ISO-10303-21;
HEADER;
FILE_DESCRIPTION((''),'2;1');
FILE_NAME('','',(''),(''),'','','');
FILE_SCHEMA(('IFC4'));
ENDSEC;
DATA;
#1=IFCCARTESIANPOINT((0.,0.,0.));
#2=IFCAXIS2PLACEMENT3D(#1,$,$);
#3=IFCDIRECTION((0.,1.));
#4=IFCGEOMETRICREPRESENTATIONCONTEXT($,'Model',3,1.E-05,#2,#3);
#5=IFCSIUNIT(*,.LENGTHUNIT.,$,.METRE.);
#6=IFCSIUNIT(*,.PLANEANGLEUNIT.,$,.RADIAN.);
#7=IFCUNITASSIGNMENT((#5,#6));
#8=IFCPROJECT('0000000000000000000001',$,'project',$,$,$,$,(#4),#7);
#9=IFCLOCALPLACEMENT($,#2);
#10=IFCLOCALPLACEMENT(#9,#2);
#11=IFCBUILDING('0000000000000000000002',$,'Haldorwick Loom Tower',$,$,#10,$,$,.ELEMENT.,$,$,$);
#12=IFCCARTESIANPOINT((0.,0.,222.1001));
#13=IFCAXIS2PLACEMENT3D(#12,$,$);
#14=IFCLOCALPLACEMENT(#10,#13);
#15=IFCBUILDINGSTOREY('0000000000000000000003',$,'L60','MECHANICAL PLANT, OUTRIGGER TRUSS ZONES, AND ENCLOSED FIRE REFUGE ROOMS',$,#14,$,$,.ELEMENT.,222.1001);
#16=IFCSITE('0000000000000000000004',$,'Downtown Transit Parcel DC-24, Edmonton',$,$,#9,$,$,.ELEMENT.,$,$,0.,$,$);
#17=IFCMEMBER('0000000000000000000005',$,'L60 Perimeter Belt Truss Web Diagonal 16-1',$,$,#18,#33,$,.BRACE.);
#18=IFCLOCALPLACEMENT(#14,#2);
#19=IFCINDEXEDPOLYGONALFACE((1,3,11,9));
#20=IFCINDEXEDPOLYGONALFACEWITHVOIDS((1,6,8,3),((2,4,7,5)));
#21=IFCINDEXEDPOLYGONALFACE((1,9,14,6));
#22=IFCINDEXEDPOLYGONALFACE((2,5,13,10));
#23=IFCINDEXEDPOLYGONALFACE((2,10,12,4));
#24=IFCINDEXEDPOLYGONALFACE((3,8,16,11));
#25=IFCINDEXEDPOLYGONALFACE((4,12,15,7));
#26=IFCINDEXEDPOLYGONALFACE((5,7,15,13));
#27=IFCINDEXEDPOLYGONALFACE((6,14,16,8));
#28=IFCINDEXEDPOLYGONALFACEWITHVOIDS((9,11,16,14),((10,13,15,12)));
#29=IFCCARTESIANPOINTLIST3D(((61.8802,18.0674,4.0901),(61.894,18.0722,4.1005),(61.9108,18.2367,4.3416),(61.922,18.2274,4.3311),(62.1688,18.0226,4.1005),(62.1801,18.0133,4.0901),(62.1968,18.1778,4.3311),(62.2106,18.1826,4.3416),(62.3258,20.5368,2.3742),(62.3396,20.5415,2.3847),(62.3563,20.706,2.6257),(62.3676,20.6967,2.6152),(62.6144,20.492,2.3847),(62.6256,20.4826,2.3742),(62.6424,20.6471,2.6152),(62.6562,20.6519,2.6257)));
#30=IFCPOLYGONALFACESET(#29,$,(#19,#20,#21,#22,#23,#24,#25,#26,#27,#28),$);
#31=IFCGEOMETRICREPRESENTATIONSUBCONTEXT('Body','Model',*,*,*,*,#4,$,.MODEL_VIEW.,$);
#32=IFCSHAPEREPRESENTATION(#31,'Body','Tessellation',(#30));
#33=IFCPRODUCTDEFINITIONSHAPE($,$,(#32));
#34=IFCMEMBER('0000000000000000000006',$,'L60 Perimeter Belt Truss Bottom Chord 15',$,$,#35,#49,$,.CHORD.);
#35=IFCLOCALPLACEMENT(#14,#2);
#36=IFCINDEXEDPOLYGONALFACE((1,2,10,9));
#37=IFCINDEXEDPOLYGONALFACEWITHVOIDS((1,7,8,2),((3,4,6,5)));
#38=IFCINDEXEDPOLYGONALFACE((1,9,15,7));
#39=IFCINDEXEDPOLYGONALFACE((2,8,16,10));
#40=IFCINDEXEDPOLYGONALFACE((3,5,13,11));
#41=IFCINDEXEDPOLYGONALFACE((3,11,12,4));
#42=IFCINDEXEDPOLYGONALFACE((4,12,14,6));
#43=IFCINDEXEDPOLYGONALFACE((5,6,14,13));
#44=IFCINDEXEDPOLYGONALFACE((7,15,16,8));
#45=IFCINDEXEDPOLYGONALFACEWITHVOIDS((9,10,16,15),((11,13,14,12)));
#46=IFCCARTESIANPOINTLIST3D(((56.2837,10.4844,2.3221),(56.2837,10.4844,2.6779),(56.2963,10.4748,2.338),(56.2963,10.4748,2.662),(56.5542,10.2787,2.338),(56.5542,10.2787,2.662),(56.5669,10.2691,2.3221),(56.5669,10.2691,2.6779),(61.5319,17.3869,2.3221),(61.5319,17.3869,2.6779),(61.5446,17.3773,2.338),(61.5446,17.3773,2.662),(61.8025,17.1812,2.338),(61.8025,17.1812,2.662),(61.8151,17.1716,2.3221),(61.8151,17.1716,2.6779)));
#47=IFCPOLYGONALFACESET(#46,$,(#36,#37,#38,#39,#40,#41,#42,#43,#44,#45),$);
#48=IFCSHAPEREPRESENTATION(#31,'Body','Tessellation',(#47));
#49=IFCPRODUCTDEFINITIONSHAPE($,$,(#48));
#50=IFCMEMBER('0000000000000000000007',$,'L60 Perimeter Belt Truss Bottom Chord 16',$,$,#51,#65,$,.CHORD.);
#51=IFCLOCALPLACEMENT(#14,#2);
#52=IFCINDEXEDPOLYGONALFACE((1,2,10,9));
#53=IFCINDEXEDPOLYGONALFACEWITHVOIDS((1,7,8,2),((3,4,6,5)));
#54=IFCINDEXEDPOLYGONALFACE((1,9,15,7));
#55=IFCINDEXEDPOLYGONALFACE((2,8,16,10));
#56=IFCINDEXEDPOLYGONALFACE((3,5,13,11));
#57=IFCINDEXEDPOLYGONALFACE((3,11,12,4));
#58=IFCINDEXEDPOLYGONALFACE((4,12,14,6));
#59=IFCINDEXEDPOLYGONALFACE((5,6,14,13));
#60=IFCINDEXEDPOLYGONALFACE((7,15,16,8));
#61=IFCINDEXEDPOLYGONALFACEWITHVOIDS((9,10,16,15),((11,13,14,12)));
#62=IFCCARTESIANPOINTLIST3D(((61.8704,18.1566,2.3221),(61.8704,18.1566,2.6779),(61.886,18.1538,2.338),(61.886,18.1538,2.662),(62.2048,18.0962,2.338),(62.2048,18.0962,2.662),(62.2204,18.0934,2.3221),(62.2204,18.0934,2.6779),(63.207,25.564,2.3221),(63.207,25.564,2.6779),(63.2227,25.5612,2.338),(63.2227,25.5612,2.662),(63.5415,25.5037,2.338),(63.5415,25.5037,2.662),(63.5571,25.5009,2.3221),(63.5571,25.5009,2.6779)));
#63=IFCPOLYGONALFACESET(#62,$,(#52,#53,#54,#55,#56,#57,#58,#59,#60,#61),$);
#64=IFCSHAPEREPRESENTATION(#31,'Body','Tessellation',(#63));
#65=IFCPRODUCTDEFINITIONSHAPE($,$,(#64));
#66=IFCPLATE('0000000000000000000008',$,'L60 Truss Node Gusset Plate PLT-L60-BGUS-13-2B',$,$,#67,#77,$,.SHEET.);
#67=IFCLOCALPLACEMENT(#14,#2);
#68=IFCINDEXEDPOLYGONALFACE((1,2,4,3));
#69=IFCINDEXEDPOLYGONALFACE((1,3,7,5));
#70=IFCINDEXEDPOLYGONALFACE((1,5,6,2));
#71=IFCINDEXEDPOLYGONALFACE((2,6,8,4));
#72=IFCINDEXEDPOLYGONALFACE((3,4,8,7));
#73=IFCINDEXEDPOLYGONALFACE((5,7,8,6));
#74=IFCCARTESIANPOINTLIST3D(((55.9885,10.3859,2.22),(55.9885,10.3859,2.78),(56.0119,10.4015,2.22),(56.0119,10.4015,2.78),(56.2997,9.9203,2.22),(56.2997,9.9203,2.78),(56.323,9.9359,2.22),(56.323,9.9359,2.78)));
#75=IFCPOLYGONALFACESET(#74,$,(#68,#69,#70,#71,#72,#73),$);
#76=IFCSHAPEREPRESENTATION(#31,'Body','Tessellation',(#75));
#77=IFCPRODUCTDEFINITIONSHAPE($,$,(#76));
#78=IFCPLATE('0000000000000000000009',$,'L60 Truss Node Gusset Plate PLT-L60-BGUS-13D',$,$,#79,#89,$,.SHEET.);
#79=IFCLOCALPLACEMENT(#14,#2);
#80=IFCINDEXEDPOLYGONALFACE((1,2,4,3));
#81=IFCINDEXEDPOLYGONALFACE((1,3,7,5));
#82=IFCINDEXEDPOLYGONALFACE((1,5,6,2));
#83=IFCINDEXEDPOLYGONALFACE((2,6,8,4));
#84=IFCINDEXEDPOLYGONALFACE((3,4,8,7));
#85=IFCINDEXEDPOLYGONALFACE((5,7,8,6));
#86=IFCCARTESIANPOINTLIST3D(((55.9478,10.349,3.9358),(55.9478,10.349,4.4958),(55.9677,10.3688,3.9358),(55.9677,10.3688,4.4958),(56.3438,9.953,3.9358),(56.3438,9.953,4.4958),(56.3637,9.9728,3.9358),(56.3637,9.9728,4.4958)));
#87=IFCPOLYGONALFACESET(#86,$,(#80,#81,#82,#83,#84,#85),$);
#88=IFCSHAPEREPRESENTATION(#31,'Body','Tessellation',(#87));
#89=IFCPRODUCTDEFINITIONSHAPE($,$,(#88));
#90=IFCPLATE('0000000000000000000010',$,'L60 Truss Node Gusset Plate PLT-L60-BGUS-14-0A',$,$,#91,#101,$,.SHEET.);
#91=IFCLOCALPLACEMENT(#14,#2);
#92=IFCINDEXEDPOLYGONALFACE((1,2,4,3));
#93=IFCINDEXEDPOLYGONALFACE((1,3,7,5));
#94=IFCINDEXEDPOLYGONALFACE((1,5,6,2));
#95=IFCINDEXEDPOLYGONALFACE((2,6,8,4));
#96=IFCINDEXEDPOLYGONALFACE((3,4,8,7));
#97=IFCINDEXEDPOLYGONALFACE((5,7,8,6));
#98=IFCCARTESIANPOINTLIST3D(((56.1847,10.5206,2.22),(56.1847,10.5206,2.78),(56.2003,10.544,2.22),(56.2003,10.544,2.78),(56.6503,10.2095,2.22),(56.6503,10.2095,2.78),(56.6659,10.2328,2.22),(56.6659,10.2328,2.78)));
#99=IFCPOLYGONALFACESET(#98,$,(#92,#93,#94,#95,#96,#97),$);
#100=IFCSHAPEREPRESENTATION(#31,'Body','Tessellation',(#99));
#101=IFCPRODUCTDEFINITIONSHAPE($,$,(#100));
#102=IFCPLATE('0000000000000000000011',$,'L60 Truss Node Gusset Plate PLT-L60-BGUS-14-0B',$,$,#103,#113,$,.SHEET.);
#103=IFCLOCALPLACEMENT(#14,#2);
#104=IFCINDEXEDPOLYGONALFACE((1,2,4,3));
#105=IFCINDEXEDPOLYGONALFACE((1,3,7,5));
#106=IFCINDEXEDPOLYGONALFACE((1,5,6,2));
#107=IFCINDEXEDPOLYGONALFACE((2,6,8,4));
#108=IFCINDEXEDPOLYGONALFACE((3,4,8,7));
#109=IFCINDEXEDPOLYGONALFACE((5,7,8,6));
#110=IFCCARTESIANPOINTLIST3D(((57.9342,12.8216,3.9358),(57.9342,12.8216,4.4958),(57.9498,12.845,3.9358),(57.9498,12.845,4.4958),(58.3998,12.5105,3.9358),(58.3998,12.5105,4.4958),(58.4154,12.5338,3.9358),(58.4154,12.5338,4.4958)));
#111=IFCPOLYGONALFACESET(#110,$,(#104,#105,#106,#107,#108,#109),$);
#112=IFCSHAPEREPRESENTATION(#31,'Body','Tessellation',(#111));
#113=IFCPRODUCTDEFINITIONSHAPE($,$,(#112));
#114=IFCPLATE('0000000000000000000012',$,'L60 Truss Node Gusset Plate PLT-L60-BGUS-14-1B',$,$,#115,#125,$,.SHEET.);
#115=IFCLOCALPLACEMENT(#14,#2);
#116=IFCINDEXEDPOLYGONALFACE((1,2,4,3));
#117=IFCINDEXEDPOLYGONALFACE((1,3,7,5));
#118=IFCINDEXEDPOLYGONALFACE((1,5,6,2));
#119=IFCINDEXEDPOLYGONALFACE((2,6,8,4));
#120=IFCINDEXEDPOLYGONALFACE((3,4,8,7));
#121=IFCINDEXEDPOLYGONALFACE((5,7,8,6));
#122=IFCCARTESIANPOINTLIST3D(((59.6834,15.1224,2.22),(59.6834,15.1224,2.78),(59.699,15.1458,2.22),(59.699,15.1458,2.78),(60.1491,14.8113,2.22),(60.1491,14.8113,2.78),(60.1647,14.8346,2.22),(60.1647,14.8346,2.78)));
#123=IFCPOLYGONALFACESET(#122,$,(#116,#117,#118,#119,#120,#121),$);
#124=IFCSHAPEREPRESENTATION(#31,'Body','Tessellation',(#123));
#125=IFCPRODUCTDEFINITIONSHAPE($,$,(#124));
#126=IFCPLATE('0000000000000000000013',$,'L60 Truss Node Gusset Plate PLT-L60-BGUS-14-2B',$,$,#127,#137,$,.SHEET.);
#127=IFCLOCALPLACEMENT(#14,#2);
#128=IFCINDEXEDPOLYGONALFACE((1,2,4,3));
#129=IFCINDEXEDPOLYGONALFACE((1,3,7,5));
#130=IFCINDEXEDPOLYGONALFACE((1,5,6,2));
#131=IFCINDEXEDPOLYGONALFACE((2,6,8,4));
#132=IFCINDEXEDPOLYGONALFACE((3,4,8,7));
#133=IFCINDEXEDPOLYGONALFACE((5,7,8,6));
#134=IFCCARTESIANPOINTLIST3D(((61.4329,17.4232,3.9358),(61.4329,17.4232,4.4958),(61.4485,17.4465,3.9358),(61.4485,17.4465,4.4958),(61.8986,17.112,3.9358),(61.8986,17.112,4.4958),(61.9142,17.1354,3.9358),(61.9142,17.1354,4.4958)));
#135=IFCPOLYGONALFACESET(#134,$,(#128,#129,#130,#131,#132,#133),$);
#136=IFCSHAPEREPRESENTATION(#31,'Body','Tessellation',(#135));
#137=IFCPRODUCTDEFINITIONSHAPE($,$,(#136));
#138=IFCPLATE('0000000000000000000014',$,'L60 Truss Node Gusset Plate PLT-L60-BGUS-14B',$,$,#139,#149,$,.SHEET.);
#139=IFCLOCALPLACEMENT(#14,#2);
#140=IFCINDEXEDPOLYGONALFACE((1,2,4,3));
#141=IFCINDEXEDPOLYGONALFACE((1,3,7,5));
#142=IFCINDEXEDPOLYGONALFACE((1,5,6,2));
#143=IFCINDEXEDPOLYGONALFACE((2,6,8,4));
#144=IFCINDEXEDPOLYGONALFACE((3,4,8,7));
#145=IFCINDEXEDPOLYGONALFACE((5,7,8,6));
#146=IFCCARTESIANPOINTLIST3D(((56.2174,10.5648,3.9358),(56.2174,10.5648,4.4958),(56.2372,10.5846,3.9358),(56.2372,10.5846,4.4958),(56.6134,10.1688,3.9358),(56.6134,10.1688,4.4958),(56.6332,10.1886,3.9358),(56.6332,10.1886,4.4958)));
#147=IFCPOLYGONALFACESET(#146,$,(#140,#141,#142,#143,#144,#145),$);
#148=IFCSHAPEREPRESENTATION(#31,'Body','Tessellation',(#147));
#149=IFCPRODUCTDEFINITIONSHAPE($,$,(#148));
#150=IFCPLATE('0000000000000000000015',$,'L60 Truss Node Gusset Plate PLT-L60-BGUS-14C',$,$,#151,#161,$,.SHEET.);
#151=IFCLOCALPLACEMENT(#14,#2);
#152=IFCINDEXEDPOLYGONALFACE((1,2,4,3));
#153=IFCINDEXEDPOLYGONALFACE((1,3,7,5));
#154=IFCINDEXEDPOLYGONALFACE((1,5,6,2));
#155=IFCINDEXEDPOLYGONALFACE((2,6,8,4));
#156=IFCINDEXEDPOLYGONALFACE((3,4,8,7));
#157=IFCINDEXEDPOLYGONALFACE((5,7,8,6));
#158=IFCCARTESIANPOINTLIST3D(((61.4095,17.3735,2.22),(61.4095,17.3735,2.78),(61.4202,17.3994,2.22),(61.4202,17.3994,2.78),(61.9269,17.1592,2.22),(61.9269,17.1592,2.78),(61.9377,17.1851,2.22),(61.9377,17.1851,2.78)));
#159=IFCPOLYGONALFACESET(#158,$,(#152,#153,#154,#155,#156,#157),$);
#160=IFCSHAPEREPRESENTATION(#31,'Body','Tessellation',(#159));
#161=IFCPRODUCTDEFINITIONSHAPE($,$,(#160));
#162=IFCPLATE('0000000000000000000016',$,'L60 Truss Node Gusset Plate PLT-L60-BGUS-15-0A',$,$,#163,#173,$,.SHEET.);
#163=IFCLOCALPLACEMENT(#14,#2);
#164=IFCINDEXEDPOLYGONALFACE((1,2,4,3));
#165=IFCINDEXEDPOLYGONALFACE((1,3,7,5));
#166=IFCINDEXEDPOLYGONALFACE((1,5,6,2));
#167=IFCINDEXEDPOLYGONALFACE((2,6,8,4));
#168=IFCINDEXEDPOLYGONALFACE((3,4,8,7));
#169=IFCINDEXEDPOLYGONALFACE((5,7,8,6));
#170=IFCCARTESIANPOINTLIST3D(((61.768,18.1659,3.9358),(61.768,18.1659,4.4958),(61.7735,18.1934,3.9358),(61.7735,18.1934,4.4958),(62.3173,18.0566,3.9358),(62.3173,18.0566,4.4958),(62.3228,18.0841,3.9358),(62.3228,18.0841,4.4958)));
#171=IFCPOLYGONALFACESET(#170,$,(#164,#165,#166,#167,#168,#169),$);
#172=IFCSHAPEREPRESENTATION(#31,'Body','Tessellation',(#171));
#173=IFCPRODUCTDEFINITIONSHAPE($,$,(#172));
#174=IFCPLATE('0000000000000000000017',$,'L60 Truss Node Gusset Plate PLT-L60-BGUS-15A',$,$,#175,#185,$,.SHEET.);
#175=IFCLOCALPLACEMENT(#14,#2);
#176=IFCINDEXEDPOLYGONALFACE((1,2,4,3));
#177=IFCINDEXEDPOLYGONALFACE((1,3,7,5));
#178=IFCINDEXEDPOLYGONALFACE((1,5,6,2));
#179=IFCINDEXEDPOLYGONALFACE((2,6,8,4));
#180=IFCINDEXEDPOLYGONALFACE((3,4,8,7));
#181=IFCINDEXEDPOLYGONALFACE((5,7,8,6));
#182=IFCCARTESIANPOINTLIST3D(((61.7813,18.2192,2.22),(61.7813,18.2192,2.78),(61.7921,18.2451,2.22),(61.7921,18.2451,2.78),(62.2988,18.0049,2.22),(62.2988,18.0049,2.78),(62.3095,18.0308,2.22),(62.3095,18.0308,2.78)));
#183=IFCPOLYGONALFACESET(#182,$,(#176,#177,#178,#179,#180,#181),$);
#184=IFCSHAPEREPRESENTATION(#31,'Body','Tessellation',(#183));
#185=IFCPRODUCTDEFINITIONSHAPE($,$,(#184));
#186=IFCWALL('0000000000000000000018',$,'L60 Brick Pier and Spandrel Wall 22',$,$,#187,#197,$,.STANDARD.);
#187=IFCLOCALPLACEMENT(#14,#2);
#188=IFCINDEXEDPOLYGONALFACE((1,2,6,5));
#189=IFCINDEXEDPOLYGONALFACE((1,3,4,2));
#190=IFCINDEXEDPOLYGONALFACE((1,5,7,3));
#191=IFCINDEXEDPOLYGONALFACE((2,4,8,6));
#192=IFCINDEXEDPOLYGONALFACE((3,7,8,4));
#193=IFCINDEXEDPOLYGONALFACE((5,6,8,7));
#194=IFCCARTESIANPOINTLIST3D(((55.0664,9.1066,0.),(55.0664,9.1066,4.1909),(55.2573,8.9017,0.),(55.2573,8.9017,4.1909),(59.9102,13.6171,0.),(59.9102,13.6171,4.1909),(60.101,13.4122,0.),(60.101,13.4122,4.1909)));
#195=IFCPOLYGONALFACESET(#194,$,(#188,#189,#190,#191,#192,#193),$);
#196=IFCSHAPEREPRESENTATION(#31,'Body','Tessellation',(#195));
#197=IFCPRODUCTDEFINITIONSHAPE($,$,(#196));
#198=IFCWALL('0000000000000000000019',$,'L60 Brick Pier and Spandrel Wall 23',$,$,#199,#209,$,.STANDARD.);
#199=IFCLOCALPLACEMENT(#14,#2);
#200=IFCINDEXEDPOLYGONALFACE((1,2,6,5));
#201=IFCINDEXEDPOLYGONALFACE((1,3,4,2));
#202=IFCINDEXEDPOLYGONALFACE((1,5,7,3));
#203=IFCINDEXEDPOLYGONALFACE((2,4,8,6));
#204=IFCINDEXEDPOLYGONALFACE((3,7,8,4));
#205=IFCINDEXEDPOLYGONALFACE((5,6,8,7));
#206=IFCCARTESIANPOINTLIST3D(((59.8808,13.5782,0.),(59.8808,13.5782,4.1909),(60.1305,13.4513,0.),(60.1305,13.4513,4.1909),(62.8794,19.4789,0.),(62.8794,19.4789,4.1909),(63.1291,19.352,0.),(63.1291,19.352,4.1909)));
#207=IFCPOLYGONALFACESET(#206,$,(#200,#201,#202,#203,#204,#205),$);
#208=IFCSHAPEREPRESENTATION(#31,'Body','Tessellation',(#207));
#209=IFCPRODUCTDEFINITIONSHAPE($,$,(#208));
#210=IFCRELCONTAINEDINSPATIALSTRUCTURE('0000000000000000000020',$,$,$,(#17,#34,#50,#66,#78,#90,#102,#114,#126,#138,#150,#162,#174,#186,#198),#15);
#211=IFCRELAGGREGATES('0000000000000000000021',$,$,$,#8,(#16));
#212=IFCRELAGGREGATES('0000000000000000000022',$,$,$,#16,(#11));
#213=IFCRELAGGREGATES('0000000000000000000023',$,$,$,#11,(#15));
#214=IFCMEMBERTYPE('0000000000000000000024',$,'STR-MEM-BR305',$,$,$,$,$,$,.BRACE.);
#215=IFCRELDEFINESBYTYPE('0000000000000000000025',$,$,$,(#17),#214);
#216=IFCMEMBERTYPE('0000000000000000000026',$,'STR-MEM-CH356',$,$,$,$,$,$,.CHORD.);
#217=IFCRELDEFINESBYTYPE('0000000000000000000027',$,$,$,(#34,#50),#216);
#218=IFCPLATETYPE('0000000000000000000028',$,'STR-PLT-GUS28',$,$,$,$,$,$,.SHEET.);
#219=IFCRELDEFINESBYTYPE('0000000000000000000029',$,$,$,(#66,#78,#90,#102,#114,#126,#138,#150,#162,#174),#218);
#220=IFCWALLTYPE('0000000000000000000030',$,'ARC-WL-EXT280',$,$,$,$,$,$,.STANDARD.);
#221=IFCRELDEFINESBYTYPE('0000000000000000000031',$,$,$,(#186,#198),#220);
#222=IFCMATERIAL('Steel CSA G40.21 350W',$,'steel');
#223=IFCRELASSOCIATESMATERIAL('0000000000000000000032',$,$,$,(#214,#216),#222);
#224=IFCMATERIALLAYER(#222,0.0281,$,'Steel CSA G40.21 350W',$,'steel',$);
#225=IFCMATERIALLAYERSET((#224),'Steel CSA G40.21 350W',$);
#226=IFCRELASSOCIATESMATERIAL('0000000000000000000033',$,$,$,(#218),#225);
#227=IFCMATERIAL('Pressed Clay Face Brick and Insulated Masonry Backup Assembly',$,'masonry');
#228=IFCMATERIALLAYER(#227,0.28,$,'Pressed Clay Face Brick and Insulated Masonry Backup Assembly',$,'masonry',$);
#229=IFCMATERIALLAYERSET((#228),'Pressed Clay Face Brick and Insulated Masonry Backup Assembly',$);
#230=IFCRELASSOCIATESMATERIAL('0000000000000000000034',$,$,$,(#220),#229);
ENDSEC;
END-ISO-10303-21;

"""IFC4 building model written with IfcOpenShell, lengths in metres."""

from ifc_helpers import new_model, si_unit, direction, frame, frame_2d, origin, origin_2d, place, context, subcontext, project, spatial, rectangle, hollow_rectangle, extrude, material, layer, layer_set, material_profile, profile_set, type_object, element, save


model = new_model("IFC4")

# Units and contexts
model_context = context("Model", 3, precision=1e-05, world=origin(), true_north=direction((0.0, 1.0)))
body_context = subcontext(model_context, "Body", "Model", "MODEL_VIEW")
ifc_project = project(units=[si_unit("LENGTHUNIT", "METRE"), si_unit("PLANEANGLEUNIT", "RADIAN")], contexts=[model_context])

# Site, building, storey
site_placement = place(None, origin())
site = spatial("IfcSite", under=ifc_project, at=site_placement, Name="Downtown Transit Parcel DC-24, Edmonton", CompositionType="ELEMENT", RefElevation=0.0)
building_placement = place(site_placement, origin())
building = spatial("IfcBuilding", under=site, at=building_placement, Name="Haldorwick Loom Tower", CompositionType="ELEMENT")
storey_placement = place(building_placement, frame((0.0, 0.0, 222.1001)))
storey = spatial("IfcBuildingStorey", under=building, at=storey_placement, Name="L60", Description="MECHANICAL PLANT, OUTRIGGER TRUSS ZONES, AND ENCLOSED FIRE REFUGE ROOMS", CompositionType="ELEMENT", Elevation=222.1001)

# Shared definitions
ifc_material_1 = material(Name="Steel CSA G40.21 350W", Category="steel")

# Members
ifc_material_profile_1 = material_profile(ifc_material_1, hollow_rectangle(XDim=0.3047, YDim=0.3047, WallThickness=0.0127, at=origin_2d()), Name="HSS305X305X13", Category="steel")
ifc_profile_set_1 = profile_set([ifc_material_profile_1], Name="Steel CSA G40.21 350W")
member_type_1 = type_object("IfcMemberType", Name="STR-MEM-BR305", PredefinedType="BRACE", material=ifc_profile_set_1)
member_1_placement = place(storey_placement, frame((62.0454, 18.125, 4.2158), z_axis=(0.14658, 0.812333, -0.564473), x_axis=(-0.984107, 0.177575, 0.0)))
element("IfcMember", 1, at=member_1_placement, inside=storey, type_object=member_type_1, Name="L60 Perimeter Belt Truss Web Diagonal 16-1", PredefinedType="BRACE", context=body_context, shape_type="SweptSolid", body=[
    extrude(hollow_rectangle(XDim=0.3047, YDim=0.3047, WallThickness=0.0127, at=origin_2d()), origin(), (0.0, 0.0, 1.0), 3.0398),
])
ifc_material_profile_2 = material_profile(ifc_material_1, hollow_rectangle(XDim=0.3557, YDim=0.3557, WallThickness=0.0159, at=origin_2d()), Name="HSS356X356X16", Category="steel")
ifc_profile_set_2 = profile_set([ifc_material_profile_2], Name="Steel CSA G40.21 350W")
member_type_2 = type_object("IfcMemberType", Name="STR-MEM-CH356", PredefinedType="CHORD", material=ifc_profile_set_2)
member_2_placement = place(storey_placement, frame((56.4253, 10.3767, 2.5), z_axis=(0.605253, 0.796033, 0.0), x_axis=(-0.796033, 0.605253, 0.0)))
element("IfcMember", 2, at=member_2_placement, inside=storey, type_object=member_type_2, Name="L60 Perimeter Belt Truss Bottom Chord 15", PredefinedType="CHORD", context=body_context, shape_type="SweptSolid", body=[
    extrude(hollow_rectangle(XDim=0.3557, YDim=0.3557, WallThickness=0.0159, at=origin_2d()), origin(), (0.0, 0.0, 1.0), 8.6711),
])
member_3_placement = place(storey_placement, frame((62.0454, 18.125, 2.5), z_axis=(0.177581, 0.984106, 0.0), x_axis=(-0.984106, 0.177581, 0.0)))
element("IfcMember", 3, at=member_3_placement, inside=storey, type_object=member_type_2, Name="L60 Perimeter Belt Truss Bottom Chord 16", PredefinedType="CHORD", context=body_context, shape_type="SweptSolid", body=[
    extrude(hollow_rectangle(XDim=0.3557, YDim=0.3557, WallThickness=0.0159, at=origin_2d()), origin(), (0.0, 0.0, 1.0), 7.5271),
])

# Plates
ifc_layer_1 = layer(ifc_material_1, 0.0281, Name="Steel CSA G40.21 350W", Category="steel")
ifc_layer_set_1 = layer_set([ifc_layer_1], Name="Steel CSA G40.21 350W")
plate_type = type_object("IfcPlateType", Name="STR-PLT-GUS28", PredefinedType="SHEET", material=ifc_layer_set_1)
for number, where, z_axis, x_axis, name in (
    (4, (56.1558, 10.1609, 2.22), (0.0, 0.0, 1.0), (0.55557, -0.83147, 0.0), "L60 Truss Node Gusset Plate PLT-L60-BGUS-13-2B"),
    (5, (56.1558, 10.1609, 3.9358), (0.0, 0.0, 1.0), (0.707107, -0.707107, 0.0), "L60 Truss Node Gusset Plate PLT-L60-BGUS-13D"),
    (6, (56.4253, 10.3767, 2.22), (0.0, 0.0, 1.0), (0.83147, -0.55557, 0.0), "L60 Truss Node Gusset Plate PLT-L60-BGUS-14-0A"),
    (7, (58.1748, 12.6777, 3.9358), (0.0, 0.0, 1.0), (0.83147, -0.55557, 0.0), "L60 Truss Node Gusset Plate PLT-L60-BGUS-14-0B"),
    (8, (59.9241, 14.9785, 2.22), (0.0, 0.0, 1.0), (0.83147, -0.55557, 0.0), "L60 Truss Node Gusset Plate PLT-L60-BGUS-14-1B"),
    (9, (61.6736, 17.2793, 3.9358), (0.0, 0.0, 1.0), (0.83147, -0.55557, 0.0), "L60 Truss Node Gusset Plate PLT-L60-BGUS-14-2B"),
    (10, (56.4253, 10.3767, 3.9358), (0.0, 0.0, 1.0), (0.707107, -0.707107, 0.0), "L60 Truss Node Gusset Plate PLT-L60-BGUS-14B"),
    (11, (61.6736, 17.2793, 2.22), (0.0, 0.0, 1.0), (0.92388, -0.382683, 0.0), "L60 Truss Node Gusset Plate PLT-L60-BGUS-14C"),
    (12, (62.0454, 18.125, 3.9358), (0.0, 0.0, 1.0), (-0.980785, 0.19509, 0.0), "L60 Truss Node Gusset Plate PLT-L60-BGUS-15-0A"),
    (13, (62.0454, 18.125, 2.22), (0.0, 0.0, 1.0), (0.92388, -0.382683, 0.0), "L60 Truss Node Gusset Plate PLT-L60-BGUS-15A"),
):
    element("IfcPlate", number, at=place(storey_placement, frame(where, z_axis=z_axis, x_axis=x_axis)), inside=storey, type_object=plate_type, Name=name, PredefinedType="SHEET", context=body_context, shape_type="SweptSolid", body=[
        extrude(rectangle(XDim=0.5601, YDim=0.0281, at=origin_2d()), origin(), (0.0, 0.0, 1.0), 0.5601),
    ])

# Walls
ifc_material_2 = material(Name="Pressed Clay Face Brick and Insulated Masonry Backup Assembly", Category="masonry")
ifc_layer_2 = layer(ifc_material_2, 0.28, Name="Pressed Clay Face Brick and Insulated Masonry Backup Assembly", Category="masonry")
ifc_layer_set_2 = layer_set([ifc_layer_2], Name="Pressed Clay Face Brick and Insulated Masonry Backup Assembly")
wall_type_1 = type_object("IfcWallType", Name="ARC-WL-EXT280", PredefinedType="STANDARD", material=ifc_layer_set_2)
wall_1_placement = place(storey_placement, frame((55.1619, 9.0042, 0.0), z_axis=(0.0, 0.0, 1.0), x_axis=(0.731834, 0.681483, 0.0)))
element("IfcWall", 14, at=wall_1_placement, inside=storey, type_object=wall_type_1, Name="L60 Brick Pier and Spandrel Wall 22", PredefinedType="STANDARD", context=body_context, shape_type="SweptSolid", body=[
    extrude(rectangle(XDim=6.6187, YDim=0.28, at=frame_2d((3.3093, 0.0))), origin(), (0.0, 0.0, 1.0), 4.1909),
])
wall_2_placement = place(storey_placement, frame((60.0056, 13.5146, 0.0), z_axis=(0.0, 0.0, 1.0), x_axis=(0.453032, 0.891494, 0.0)))
element("IfcWall", 15, at=wall_2_placement, inside=storey, type_object=wall_type_1, Name="L60 Brick Pier and Spandrel Wall 23", PredefinedType="STANDARD", context=body_context, shape_type="SweptSolid", body=[
    extrude(rectangle(XDim=6.6189, YDim=0.28, at=frame_2d((3.3096, 0.0))), origin(), (0.0, 0.0, 1.0), 4.1909),
])

save(model, "model.ifc")
